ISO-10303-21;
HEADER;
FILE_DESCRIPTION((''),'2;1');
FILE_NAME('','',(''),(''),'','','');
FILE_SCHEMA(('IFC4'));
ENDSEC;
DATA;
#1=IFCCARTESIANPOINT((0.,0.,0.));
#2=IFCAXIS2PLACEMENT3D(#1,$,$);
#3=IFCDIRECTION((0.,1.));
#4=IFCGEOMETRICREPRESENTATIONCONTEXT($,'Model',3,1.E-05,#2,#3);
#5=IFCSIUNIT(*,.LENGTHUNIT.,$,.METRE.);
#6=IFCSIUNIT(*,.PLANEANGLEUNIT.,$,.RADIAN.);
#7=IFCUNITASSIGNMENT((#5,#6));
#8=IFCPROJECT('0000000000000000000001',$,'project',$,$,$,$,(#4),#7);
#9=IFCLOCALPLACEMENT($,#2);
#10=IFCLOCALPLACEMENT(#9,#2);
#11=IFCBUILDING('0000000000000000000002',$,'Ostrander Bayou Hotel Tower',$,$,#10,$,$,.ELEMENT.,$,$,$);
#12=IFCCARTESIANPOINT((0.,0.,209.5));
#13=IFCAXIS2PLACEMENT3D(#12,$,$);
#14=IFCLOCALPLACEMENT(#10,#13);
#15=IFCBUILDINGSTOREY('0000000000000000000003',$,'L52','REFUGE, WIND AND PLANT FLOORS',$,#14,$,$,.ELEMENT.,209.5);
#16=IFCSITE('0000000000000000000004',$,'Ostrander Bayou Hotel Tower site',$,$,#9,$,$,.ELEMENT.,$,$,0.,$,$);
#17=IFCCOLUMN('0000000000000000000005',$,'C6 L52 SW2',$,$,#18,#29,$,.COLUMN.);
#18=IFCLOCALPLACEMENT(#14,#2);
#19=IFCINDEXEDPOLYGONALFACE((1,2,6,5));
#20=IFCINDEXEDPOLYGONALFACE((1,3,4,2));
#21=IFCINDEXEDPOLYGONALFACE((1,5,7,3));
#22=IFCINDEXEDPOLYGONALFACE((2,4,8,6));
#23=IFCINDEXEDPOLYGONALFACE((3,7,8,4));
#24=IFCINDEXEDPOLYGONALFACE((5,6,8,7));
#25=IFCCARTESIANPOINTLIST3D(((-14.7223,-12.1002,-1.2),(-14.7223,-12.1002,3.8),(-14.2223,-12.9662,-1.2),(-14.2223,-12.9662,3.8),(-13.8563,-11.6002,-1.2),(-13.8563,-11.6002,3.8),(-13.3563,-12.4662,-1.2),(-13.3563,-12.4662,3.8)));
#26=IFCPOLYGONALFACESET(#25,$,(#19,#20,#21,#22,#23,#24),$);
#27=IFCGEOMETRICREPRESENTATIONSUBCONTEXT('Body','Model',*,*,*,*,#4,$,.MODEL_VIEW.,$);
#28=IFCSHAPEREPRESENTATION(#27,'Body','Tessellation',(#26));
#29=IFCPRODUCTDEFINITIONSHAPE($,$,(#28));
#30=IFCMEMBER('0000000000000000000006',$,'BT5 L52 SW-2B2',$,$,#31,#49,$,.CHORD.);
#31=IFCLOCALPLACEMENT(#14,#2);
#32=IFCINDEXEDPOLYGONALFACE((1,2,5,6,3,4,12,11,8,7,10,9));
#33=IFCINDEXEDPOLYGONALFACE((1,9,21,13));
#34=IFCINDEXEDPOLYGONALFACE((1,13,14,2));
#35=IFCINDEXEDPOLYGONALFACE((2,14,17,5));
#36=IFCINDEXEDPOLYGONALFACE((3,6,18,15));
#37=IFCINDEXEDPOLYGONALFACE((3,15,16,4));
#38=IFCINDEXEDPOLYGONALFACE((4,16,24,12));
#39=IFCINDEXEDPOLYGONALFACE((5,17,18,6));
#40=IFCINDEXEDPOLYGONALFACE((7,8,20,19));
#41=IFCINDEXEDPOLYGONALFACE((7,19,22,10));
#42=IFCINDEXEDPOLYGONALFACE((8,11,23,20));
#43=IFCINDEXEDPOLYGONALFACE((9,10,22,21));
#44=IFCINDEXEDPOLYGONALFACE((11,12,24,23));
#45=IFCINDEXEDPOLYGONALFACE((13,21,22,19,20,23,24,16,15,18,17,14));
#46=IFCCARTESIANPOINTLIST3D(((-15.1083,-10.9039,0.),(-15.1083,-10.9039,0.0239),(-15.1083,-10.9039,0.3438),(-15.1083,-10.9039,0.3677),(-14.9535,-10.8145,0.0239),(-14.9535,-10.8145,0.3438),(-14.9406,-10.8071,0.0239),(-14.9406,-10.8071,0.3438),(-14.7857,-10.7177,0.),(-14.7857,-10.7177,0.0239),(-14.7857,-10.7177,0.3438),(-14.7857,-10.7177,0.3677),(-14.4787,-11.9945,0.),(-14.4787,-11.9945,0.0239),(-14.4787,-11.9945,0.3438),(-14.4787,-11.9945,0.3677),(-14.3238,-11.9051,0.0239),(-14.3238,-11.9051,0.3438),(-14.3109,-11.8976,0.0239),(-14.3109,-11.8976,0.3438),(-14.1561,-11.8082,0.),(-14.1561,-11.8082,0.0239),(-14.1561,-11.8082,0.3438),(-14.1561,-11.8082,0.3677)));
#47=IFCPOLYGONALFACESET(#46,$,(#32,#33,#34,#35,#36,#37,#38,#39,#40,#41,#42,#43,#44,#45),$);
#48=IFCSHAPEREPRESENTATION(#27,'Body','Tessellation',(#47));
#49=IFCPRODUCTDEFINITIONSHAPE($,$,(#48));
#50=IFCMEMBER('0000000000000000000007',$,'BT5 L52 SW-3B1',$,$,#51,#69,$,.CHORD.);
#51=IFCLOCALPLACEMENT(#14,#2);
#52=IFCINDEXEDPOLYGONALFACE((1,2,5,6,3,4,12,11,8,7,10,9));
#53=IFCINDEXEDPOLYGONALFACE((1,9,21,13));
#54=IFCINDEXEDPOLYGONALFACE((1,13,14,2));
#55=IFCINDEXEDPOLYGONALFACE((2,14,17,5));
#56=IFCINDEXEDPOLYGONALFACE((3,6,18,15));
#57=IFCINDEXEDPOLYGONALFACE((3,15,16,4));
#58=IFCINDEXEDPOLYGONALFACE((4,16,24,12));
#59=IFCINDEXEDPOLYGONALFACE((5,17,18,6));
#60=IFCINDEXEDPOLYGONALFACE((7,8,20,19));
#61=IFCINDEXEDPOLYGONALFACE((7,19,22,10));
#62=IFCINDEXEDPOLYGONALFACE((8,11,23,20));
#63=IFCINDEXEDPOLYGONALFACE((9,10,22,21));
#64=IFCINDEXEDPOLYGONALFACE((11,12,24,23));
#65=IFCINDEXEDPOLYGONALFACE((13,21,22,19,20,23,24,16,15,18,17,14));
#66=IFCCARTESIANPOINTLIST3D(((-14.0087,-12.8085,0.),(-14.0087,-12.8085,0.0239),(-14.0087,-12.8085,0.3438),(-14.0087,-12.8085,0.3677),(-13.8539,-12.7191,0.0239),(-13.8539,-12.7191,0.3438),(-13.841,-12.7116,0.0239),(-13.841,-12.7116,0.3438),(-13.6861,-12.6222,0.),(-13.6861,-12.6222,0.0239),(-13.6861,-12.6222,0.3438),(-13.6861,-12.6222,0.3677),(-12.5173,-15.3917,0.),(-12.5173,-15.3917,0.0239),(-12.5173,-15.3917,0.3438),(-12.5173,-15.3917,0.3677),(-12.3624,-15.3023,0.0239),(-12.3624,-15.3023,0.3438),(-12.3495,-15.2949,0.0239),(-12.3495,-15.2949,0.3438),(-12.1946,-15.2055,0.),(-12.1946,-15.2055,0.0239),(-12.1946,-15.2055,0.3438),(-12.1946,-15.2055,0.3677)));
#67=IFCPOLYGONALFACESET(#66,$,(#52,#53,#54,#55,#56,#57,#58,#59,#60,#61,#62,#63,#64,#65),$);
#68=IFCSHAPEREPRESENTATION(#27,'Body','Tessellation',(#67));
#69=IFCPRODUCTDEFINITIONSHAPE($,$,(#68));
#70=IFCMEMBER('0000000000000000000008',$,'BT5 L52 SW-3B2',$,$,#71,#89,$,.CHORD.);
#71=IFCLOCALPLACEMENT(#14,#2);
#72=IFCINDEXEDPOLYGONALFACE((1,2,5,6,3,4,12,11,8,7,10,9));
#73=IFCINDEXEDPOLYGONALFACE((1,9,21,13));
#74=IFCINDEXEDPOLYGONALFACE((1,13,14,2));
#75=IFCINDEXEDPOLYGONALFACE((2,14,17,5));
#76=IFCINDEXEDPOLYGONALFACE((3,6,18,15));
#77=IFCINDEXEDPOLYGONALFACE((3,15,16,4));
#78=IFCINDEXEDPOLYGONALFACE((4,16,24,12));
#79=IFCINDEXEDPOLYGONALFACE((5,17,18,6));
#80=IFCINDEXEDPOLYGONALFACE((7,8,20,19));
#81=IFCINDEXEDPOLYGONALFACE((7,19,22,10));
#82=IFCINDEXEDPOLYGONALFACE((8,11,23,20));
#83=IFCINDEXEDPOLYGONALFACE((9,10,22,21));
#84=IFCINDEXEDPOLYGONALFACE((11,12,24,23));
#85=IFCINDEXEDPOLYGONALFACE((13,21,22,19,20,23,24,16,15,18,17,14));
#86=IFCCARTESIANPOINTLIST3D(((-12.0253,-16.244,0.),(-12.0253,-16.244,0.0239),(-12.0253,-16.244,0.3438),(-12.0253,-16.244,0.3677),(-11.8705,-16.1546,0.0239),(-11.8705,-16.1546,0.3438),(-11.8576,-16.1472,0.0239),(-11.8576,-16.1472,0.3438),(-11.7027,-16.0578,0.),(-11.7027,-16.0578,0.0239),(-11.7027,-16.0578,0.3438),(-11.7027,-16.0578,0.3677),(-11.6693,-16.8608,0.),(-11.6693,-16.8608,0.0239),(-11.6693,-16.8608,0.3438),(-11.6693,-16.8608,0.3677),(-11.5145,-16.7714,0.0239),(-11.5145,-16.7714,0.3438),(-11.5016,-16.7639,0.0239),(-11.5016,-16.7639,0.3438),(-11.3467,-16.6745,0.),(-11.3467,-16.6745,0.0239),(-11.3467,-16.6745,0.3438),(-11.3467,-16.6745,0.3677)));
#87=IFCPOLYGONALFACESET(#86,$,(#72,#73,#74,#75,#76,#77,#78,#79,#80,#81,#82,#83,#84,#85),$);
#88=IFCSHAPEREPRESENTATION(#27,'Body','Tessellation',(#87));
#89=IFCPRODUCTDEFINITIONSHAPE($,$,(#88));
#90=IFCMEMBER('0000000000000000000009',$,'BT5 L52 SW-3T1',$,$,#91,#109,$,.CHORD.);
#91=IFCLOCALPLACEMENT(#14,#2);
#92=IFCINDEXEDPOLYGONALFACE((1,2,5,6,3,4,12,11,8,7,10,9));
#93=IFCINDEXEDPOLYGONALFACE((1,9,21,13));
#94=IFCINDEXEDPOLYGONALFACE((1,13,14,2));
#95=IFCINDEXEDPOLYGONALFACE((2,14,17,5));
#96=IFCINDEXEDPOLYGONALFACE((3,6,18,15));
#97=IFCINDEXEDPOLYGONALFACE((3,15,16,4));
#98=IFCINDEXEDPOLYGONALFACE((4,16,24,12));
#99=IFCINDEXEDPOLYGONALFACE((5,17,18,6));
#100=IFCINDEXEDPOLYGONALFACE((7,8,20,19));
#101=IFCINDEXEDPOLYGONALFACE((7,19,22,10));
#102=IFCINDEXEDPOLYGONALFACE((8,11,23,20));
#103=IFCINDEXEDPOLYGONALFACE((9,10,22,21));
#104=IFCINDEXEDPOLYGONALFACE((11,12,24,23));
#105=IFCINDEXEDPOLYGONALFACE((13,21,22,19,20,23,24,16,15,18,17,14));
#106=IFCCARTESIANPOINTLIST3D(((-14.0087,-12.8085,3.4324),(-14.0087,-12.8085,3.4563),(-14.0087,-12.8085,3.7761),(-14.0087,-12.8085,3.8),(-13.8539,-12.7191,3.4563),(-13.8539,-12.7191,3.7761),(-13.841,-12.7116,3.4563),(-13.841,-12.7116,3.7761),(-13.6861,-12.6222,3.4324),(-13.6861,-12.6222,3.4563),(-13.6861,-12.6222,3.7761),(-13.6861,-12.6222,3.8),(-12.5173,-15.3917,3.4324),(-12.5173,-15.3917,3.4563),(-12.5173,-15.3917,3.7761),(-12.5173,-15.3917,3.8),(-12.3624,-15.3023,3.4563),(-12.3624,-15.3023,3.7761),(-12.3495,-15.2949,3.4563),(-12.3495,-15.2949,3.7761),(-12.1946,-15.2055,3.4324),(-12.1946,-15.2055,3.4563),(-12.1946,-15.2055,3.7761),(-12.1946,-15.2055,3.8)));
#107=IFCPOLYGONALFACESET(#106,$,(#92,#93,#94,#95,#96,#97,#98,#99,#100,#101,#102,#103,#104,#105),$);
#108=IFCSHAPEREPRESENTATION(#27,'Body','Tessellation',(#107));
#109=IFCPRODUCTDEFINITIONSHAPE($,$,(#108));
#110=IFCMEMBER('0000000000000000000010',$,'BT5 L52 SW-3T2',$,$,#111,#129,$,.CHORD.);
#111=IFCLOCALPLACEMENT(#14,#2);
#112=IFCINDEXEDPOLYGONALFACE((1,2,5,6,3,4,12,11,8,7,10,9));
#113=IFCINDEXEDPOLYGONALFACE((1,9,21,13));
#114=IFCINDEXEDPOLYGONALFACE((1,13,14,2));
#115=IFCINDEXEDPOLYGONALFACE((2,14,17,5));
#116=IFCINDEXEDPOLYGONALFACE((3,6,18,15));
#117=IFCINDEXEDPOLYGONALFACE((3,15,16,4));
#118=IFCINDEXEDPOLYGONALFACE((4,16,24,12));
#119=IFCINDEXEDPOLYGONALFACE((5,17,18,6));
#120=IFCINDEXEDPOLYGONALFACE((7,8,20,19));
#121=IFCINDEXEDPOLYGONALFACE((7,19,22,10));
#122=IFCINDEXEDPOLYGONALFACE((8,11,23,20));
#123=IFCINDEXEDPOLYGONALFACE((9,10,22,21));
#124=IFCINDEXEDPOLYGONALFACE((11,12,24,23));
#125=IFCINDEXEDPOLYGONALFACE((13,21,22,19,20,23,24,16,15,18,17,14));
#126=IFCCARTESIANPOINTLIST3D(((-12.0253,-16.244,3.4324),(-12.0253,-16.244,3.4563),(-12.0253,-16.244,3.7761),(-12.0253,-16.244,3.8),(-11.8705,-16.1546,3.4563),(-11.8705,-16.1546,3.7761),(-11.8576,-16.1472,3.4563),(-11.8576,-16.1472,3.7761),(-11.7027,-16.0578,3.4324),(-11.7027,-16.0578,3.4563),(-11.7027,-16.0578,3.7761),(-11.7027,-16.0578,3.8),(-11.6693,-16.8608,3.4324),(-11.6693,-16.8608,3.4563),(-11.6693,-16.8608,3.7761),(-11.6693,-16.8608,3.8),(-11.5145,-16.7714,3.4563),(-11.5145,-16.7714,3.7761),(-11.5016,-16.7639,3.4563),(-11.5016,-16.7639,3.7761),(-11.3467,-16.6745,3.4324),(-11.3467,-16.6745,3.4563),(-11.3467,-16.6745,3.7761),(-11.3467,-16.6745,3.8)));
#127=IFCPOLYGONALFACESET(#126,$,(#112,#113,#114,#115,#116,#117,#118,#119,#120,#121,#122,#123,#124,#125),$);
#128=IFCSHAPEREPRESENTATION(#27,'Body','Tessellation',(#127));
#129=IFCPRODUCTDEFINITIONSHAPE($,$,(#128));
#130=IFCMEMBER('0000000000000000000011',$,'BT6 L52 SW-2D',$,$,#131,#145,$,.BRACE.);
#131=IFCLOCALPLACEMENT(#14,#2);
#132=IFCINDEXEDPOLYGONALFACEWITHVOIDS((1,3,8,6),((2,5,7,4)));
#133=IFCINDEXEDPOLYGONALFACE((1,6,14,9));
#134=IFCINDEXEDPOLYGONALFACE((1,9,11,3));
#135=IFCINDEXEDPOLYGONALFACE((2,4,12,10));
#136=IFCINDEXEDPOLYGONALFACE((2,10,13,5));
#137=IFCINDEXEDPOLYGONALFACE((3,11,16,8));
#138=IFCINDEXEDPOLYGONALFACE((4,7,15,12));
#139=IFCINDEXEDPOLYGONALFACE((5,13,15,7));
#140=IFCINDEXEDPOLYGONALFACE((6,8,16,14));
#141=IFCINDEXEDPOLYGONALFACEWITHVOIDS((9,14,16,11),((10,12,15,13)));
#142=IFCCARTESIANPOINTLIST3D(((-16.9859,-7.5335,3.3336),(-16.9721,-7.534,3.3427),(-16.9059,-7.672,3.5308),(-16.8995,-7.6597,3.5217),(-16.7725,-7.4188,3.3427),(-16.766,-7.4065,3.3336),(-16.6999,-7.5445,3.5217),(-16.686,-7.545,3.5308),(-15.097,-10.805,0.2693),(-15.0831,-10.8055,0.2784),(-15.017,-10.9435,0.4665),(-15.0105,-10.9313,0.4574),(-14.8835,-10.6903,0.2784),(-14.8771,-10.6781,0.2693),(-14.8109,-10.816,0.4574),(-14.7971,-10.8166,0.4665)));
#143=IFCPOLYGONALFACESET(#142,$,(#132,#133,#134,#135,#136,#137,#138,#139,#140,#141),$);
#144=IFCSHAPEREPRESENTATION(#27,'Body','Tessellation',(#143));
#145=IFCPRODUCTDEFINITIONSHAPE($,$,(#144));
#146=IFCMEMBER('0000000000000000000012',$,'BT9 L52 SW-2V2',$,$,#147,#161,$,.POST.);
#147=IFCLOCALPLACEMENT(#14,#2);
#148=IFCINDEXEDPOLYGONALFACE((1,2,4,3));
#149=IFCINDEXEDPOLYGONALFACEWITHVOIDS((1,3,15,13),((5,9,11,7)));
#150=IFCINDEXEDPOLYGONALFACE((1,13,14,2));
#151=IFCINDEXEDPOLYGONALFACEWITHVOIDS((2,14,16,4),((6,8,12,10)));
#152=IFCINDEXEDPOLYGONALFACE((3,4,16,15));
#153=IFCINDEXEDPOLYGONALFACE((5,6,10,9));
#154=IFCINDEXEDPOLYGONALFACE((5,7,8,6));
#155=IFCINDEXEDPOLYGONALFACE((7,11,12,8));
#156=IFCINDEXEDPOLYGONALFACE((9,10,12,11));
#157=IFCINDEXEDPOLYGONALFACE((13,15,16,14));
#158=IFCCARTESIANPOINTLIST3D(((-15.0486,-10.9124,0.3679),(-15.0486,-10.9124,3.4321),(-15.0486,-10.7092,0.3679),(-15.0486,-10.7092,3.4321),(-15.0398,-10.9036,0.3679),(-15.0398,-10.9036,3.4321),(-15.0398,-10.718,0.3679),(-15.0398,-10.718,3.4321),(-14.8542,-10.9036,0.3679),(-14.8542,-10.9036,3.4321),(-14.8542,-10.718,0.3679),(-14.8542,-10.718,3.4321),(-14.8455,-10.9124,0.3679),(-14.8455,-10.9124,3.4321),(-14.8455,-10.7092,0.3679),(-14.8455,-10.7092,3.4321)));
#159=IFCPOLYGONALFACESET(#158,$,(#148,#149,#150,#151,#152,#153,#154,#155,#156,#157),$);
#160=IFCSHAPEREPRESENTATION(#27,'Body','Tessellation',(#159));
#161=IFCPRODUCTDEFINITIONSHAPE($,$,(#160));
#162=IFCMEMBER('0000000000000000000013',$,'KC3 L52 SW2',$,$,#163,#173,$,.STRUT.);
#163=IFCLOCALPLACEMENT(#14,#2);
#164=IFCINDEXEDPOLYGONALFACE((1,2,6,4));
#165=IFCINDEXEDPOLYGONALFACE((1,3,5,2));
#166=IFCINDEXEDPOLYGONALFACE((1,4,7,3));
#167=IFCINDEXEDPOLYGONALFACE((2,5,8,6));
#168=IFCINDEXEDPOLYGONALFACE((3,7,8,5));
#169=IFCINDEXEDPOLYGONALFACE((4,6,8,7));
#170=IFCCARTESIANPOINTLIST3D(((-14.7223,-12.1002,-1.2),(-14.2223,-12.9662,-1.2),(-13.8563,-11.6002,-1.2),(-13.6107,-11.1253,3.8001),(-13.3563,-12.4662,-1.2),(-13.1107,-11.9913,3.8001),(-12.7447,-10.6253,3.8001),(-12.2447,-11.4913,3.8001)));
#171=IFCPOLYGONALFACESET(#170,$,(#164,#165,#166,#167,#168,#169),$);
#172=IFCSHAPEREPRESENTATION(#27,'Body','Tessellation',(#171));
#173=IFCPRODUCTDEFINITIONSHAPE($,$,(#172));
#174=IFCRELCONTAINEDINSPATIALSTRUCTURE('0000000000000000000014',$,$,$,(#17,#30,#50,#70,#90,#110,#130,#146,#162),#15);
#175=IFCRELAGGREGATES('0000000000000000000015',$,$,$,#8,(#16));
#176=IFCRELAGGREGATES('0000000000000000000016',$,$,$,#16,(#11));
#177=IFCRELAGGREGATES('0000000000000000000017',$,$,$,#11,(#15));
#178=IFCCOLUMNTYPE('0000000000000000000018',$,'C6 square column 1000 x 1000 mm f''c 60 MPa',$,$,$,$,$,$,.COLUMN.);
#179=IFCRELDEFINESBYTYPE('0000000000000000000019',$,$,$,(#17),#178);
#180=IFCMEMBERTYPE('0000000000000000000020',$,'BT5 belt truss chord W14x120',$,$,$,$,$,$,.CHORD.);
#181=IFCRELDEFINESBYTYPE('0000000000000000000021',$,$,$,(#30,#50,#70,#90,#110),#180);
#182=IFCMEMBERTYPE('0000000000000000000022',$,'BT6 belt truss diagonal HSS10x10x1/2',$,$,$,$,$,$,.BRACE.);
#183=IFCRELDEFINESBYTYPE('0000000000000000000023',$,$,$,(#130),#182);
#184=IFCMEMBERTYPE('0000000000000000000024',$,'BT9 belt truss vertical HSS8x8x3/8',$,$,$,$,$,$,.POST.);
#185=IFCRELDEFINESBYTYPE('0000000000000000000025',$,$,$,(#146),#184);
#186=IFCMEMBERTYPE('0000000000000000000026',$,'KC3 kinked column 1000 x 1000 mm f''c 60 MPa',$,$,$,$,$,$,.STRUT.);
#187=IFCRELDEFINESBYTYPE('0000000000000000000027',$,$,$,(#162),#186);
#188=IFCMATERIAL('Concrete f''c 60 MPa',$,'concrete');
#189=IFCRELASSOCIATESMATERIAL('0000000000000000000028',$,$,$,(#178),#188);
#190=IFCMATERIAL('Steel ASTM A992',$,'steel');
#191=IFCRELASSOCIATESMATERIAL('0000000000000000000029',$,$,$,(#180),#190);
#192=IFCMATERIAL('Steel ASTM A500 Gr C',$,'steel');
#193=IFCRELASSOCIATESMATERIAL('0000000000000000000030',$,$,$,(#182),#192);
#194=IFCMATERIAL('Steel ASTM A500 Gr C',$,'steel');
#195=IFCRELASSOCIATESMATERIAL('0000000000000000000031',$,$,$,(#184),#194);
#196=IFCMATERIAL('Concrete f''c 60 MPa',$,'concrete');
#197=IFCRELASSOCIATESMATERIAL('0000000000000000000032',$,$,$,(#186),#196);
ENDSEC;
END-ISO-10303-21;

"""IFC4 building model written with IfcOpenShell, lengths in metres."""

from ifc_helpers import new_model, si_unit, direction, frame, origin, origin_2d, place, context, subcontext, project, spatial, rectangle, hollow_rectangle, i_section, extrude, material, material_profile, profile_set, type_object, element, save


model = new_model("IFC4")

# Units and contexts
model_context = context("Model", 3, precision=1e-05, world=origin(), true_north=direction((0.0, 1.0)))
body_context = subcontext(model_context, "Body", "Model", "MODEL_VIEW")
ifc_project = project(units=[si_unit("LENGTHUNIT", "METRE"), si_unit("PLANEANGLEUNIT", "RADIAN")], contexts=[model_context])

# Site, building, storey
site_placement = place(None, origin())
site = spatial("IfcSite", under=ifc_project, at=site_placement, Name="Ostrander Bayou Hotel Tower site", CompositionType="ELEMENT", RefElevation=0.0)
building_placement = place(site_placement, origin())
building = spatial("IfcBuilding", under=site, at=building_placement, Name="Ostrander Bayou Hotel Tower", CompositionType="ELEMENT")
storey_placement = place(building_placement, frame((0.0, 0.0, 209.5)))
storey = spatial("IfcBuildingStorey", under=building, at=storey_placement, Name="L52", Description="REFUGE, WIND AND PLANT FLOORS", CompositionType="ELEMENT", Elevation=209.5)

# Column
ifc_material_1 = material(Name="Concrete f'c 60 MPa", Category="concrete")
ifc_material_profile_1 = material_profile(ifc_material_1, rectangle(XDim=1.0, YDim=1.0, at=origin_2d()))
ifc_profile_set_1 = profile_set([ifc_material_profile_1], Name="Concrete f'c 60 MPa")
column_type = type_object("IfcColumnType", Name="C6 square column 1000 x 1000 mm f'c 60 MPa", PredefinedType="COLUMN", material=ifc_profile_set_1)
column_placement = place(storey_placement, frame((-14.0393, -12.2832, -1.2), z_axis=(0.0, 0.0, 1.0), x_axis=(-0.5, 0.866025, 0.0)))
element("IfcColumn", 1, at=column_placement, inside=storey, type_object=column_type, Name="C6 L52 SW2", PredefinedType="COLUMN", context=body_context, shape_type="SweptSolid", body=[
    extrude(rectangle(XDim=1.0, YDim=1.0, at=origin_2d()), origin(), (0.0, 0.0, 1.0), 5.0),
])

# Members
ifc_material_2 = material(Name="Steel ASTM A992", Category="steel")
ifc_material_profile_2 = material_profile(ifc_material_2, i_section(OverallWidth=0.3726, OverallDepth=0.3677, WebThickness=0.0149, FlangeThickness=0.0239, at=origin_2d()))
ifc_profile_set_2 = profile_set([ifc_material_profile_2], Name="Steel ASTM A992")
member_type_1 = type_object("IfcMemberType", Name="BT5 belt truss chord W14x120", PredefinedType="CHORD", material=ifc_profile_set_2)
member_1_placement = place(storey_placement, frame((-14.947, -10.8108, 0.1838), z_axis=(0.499997, -0.866027, 0.0), x_axis=(0.866027, 0.499997, 0.0)))
element("IfcMember", 2, at=member_1_placement, inside=storey, type_object=member_type_1, Name="BT5 L52 SW-2B2", PredefinedType="CHORD", context=body_context, shape_type="SweptSolid", body=[
    extrude(i_section(OverallWidth=0.3726, OverallDepth=0.3677, WebThickness=0.0149, FlangeThickness=0.0239, at=origin_2d()), origin(), (0.0, 0.0, 1.0), 1.2593),
])
member_2_placement = place(storey_placement, frame((-13.8474, -12.7153, 0.1838), z_axis=(0.500003, -0.866023, 0.0), x_axis=(0.866023, 0.500003, 0.0)))
element("IfcMember", 3, at=member_2_placement, inside=storey, type_object=member_type_1, Name="BT5 L52 SW-3B1", PredefinedType="CHORD", context=body_context, shape_type="SweptSolid", body=[
    extrude(i_section(OverallWidth=0.3726, OverallDepth=0.3677, WebThickness=0.0149, FlangeThickness=0.0239, at=origin_2d()), origin(), (0.0, 0.0, 1.0), 2.9829),
])
member_3_placement = place(storey_placement, frame((-11.864, -16.1509, 0.1838), z_axis=(0.499901, -0.866083, 0.0), x_axis=(0.866083, 0.499901, 0.0)))
element("IfcMember", 4, at=member_3_placement, inside=storey, type_object=member_type_1, Name="BT5 L52 SW-3B2", PredefinedType="CHORD", context=body_context, shape_type="SweptSolid", body=[
    extrude(i_section(OverallWidth=0.3726, OverallDepth=0.3677, WebThickness=0.0149, FlangeThickness=0.0239, at=origin_2d()), origin(), (0.0, 0.0, 1.0), 0.7122),
])
member_4_placement = place(storey_placement, frame((-13.8474, -12.7153, 3.6162), z_axis=(0.500003, -0.866023, 0.0), x_axis=(0.866023, 0.500003, 0.0)))
element("IfcMember", 5, at=member_4_placement, inside=storey, type_object=member_type_1, Name="BT5 L52 SW-3T1", PredefinedType="CHORD", context=body_context, shape_type="SweptSolid", body=[
    extrude(i_section(OverallWidth=0.3726, OverallDepth=0.3677, WebThickness=0.0149, FlangeThickness=0.0239, at=origin_2d()), origin(), (0.0, 0.0, 1.0), 2.9829),
])
member_5_placement = place(storey_placement, frame((-11.864, -16.1509, 3.6162), z_axis=(0.499901, -0.866083, 0.0), x_axis=(0.866083, 0.499901, 0.0)))
element("IfcMember", 6, at=member_5_placement, inside=storey, type_object=member_type_1, Name="BT5 L52 SW-3T2", PredefinedType="CHORD", context=body_context, shape_type="SweptSolid", body=[
    extrude(i_section(OverallWidth=0.3726, OverallDepth=0.3677, WebThickness=0.0149, FlangeThickness=0.0239, at=origin_2d()), origin(), (0.0, 0.0, 1.0), 0.7122),
])
ifc_material_3 = material(Name="Steel ASTM A500 Gr C", Category="steel")
ifc_material_profile_3 = material_profile(ifc_material_3, hollow_rectangle(XDim=0.2539, YDim=0.2539, WallThickness=0.0117, at=origin_2d()))
ifc_profile_set_3 = profile_set([ifc_material_profile_3], Name="Steel ASTM A500 Gr C")
member_type_2 = type_object("IfcMemberType", Name="BT6 belt truss diagonal HSS10x10x1/2", PredefinedType="BRACE", material=ifc_profile_set_3)
member_6_placement = place(storey_placement, frame((-14.947, -10.8108, 0.3679), z_axis=(-0.388334, 0.67257, 0.629957), x_axis=(-0.866011, -0.500025, 0.0)))
element("IfcMember", 7, at=member_6_placement, inside=storey, type_object=member_type_2, Name="BT6 L52 SW-2D", PredefinedType="BRACE", context=body_context, shape_type="SweptSolid", body=[
    extrude(hollow_rectangle(XDim=0.2539, YDim=0.2539, WallThickness=0.0117, at=origin_2d()), origin(), (0.0, 0.0, 1.0), 4.8643),
])
ifc_material_4 = material(Name="Steel ASTM A500 Gr C", Category="steel")
ifc_material_profile_4 = material_profile(ifc_material_4, hollow_rectangle(XDim=0.2031, YDim=0.2031, WallThickness=0.0088, at=origin_2d()))
ifc_profile_set_4 = profile_set([ifc_material_profile_4], Name="Steel ASTM A500 Gr C")
member_type_3 = type_object("IfcMemberType", Name="BT9 belt truss vertical HSS8x8x3/8", PredefinedType="POST", material=ifc_profile_set_4)
member_7_placement = place(storey_placement, frame((-14.947, -10.8108, 0.3679), z_axis=(0.0, 0.0, 1.0), x_axis=(1.0, 0.0, 0.0)))
element("IfcMember", 8, at=member_7_placement, inside=storey, type_object=member_type_3, Name="BT9 L52 SW-2V2", PredefinedType="POST", context=body_context, shape_type="SweptSolid", body=[
    extrude(hollow_rectangle(XDim=0.2031, YDim=0.2031, WallThickness=0.0088, at=origin_2d()), origin(), (0.0, 0.0, 1.0), 3.0642),
])
ifc_material_5 = material(Name="Concrete f'c 60 MPa", Category="concrete")
ifc_material_profile_5 = material_profile(ifc_material_5, rectangle(XDim=1.0, YDim=1.0, at=origin_2d()))
ifc_profile_set_5 = profile_set([ifc_material_profile_5], Name="Concrete f'c 60 MPa")
member_type_4 = type_object("IfcMemberType", Name="KC3 kinked column 1000 x 1000 mm f'c 60 MPa", PredefinedType="STRUT", material=ifc_profile_set_5)
member_8_placement = place(storey_placement, frame((-14.0393, -12.2832, -1.2), z_axis=(0.0, 0.0, 1.0), x_axis=(-0.5, 0.866025, 0.0)))
element("IfcMember", 9, at=member_8_placement, inside=storey, type_object=member_type_4, Name="KC3 L52 SW2", PredefinedType="STRUT", context=body_context, shape_type="SweptSolid", body=[
    extrude(rectangle(XDim=1.0, YDim=1.0, at=origin_2d()), origin(), (0.055324, -0.278111, 0.958954), 5.2141),
])

save(model, "model.ifc")
